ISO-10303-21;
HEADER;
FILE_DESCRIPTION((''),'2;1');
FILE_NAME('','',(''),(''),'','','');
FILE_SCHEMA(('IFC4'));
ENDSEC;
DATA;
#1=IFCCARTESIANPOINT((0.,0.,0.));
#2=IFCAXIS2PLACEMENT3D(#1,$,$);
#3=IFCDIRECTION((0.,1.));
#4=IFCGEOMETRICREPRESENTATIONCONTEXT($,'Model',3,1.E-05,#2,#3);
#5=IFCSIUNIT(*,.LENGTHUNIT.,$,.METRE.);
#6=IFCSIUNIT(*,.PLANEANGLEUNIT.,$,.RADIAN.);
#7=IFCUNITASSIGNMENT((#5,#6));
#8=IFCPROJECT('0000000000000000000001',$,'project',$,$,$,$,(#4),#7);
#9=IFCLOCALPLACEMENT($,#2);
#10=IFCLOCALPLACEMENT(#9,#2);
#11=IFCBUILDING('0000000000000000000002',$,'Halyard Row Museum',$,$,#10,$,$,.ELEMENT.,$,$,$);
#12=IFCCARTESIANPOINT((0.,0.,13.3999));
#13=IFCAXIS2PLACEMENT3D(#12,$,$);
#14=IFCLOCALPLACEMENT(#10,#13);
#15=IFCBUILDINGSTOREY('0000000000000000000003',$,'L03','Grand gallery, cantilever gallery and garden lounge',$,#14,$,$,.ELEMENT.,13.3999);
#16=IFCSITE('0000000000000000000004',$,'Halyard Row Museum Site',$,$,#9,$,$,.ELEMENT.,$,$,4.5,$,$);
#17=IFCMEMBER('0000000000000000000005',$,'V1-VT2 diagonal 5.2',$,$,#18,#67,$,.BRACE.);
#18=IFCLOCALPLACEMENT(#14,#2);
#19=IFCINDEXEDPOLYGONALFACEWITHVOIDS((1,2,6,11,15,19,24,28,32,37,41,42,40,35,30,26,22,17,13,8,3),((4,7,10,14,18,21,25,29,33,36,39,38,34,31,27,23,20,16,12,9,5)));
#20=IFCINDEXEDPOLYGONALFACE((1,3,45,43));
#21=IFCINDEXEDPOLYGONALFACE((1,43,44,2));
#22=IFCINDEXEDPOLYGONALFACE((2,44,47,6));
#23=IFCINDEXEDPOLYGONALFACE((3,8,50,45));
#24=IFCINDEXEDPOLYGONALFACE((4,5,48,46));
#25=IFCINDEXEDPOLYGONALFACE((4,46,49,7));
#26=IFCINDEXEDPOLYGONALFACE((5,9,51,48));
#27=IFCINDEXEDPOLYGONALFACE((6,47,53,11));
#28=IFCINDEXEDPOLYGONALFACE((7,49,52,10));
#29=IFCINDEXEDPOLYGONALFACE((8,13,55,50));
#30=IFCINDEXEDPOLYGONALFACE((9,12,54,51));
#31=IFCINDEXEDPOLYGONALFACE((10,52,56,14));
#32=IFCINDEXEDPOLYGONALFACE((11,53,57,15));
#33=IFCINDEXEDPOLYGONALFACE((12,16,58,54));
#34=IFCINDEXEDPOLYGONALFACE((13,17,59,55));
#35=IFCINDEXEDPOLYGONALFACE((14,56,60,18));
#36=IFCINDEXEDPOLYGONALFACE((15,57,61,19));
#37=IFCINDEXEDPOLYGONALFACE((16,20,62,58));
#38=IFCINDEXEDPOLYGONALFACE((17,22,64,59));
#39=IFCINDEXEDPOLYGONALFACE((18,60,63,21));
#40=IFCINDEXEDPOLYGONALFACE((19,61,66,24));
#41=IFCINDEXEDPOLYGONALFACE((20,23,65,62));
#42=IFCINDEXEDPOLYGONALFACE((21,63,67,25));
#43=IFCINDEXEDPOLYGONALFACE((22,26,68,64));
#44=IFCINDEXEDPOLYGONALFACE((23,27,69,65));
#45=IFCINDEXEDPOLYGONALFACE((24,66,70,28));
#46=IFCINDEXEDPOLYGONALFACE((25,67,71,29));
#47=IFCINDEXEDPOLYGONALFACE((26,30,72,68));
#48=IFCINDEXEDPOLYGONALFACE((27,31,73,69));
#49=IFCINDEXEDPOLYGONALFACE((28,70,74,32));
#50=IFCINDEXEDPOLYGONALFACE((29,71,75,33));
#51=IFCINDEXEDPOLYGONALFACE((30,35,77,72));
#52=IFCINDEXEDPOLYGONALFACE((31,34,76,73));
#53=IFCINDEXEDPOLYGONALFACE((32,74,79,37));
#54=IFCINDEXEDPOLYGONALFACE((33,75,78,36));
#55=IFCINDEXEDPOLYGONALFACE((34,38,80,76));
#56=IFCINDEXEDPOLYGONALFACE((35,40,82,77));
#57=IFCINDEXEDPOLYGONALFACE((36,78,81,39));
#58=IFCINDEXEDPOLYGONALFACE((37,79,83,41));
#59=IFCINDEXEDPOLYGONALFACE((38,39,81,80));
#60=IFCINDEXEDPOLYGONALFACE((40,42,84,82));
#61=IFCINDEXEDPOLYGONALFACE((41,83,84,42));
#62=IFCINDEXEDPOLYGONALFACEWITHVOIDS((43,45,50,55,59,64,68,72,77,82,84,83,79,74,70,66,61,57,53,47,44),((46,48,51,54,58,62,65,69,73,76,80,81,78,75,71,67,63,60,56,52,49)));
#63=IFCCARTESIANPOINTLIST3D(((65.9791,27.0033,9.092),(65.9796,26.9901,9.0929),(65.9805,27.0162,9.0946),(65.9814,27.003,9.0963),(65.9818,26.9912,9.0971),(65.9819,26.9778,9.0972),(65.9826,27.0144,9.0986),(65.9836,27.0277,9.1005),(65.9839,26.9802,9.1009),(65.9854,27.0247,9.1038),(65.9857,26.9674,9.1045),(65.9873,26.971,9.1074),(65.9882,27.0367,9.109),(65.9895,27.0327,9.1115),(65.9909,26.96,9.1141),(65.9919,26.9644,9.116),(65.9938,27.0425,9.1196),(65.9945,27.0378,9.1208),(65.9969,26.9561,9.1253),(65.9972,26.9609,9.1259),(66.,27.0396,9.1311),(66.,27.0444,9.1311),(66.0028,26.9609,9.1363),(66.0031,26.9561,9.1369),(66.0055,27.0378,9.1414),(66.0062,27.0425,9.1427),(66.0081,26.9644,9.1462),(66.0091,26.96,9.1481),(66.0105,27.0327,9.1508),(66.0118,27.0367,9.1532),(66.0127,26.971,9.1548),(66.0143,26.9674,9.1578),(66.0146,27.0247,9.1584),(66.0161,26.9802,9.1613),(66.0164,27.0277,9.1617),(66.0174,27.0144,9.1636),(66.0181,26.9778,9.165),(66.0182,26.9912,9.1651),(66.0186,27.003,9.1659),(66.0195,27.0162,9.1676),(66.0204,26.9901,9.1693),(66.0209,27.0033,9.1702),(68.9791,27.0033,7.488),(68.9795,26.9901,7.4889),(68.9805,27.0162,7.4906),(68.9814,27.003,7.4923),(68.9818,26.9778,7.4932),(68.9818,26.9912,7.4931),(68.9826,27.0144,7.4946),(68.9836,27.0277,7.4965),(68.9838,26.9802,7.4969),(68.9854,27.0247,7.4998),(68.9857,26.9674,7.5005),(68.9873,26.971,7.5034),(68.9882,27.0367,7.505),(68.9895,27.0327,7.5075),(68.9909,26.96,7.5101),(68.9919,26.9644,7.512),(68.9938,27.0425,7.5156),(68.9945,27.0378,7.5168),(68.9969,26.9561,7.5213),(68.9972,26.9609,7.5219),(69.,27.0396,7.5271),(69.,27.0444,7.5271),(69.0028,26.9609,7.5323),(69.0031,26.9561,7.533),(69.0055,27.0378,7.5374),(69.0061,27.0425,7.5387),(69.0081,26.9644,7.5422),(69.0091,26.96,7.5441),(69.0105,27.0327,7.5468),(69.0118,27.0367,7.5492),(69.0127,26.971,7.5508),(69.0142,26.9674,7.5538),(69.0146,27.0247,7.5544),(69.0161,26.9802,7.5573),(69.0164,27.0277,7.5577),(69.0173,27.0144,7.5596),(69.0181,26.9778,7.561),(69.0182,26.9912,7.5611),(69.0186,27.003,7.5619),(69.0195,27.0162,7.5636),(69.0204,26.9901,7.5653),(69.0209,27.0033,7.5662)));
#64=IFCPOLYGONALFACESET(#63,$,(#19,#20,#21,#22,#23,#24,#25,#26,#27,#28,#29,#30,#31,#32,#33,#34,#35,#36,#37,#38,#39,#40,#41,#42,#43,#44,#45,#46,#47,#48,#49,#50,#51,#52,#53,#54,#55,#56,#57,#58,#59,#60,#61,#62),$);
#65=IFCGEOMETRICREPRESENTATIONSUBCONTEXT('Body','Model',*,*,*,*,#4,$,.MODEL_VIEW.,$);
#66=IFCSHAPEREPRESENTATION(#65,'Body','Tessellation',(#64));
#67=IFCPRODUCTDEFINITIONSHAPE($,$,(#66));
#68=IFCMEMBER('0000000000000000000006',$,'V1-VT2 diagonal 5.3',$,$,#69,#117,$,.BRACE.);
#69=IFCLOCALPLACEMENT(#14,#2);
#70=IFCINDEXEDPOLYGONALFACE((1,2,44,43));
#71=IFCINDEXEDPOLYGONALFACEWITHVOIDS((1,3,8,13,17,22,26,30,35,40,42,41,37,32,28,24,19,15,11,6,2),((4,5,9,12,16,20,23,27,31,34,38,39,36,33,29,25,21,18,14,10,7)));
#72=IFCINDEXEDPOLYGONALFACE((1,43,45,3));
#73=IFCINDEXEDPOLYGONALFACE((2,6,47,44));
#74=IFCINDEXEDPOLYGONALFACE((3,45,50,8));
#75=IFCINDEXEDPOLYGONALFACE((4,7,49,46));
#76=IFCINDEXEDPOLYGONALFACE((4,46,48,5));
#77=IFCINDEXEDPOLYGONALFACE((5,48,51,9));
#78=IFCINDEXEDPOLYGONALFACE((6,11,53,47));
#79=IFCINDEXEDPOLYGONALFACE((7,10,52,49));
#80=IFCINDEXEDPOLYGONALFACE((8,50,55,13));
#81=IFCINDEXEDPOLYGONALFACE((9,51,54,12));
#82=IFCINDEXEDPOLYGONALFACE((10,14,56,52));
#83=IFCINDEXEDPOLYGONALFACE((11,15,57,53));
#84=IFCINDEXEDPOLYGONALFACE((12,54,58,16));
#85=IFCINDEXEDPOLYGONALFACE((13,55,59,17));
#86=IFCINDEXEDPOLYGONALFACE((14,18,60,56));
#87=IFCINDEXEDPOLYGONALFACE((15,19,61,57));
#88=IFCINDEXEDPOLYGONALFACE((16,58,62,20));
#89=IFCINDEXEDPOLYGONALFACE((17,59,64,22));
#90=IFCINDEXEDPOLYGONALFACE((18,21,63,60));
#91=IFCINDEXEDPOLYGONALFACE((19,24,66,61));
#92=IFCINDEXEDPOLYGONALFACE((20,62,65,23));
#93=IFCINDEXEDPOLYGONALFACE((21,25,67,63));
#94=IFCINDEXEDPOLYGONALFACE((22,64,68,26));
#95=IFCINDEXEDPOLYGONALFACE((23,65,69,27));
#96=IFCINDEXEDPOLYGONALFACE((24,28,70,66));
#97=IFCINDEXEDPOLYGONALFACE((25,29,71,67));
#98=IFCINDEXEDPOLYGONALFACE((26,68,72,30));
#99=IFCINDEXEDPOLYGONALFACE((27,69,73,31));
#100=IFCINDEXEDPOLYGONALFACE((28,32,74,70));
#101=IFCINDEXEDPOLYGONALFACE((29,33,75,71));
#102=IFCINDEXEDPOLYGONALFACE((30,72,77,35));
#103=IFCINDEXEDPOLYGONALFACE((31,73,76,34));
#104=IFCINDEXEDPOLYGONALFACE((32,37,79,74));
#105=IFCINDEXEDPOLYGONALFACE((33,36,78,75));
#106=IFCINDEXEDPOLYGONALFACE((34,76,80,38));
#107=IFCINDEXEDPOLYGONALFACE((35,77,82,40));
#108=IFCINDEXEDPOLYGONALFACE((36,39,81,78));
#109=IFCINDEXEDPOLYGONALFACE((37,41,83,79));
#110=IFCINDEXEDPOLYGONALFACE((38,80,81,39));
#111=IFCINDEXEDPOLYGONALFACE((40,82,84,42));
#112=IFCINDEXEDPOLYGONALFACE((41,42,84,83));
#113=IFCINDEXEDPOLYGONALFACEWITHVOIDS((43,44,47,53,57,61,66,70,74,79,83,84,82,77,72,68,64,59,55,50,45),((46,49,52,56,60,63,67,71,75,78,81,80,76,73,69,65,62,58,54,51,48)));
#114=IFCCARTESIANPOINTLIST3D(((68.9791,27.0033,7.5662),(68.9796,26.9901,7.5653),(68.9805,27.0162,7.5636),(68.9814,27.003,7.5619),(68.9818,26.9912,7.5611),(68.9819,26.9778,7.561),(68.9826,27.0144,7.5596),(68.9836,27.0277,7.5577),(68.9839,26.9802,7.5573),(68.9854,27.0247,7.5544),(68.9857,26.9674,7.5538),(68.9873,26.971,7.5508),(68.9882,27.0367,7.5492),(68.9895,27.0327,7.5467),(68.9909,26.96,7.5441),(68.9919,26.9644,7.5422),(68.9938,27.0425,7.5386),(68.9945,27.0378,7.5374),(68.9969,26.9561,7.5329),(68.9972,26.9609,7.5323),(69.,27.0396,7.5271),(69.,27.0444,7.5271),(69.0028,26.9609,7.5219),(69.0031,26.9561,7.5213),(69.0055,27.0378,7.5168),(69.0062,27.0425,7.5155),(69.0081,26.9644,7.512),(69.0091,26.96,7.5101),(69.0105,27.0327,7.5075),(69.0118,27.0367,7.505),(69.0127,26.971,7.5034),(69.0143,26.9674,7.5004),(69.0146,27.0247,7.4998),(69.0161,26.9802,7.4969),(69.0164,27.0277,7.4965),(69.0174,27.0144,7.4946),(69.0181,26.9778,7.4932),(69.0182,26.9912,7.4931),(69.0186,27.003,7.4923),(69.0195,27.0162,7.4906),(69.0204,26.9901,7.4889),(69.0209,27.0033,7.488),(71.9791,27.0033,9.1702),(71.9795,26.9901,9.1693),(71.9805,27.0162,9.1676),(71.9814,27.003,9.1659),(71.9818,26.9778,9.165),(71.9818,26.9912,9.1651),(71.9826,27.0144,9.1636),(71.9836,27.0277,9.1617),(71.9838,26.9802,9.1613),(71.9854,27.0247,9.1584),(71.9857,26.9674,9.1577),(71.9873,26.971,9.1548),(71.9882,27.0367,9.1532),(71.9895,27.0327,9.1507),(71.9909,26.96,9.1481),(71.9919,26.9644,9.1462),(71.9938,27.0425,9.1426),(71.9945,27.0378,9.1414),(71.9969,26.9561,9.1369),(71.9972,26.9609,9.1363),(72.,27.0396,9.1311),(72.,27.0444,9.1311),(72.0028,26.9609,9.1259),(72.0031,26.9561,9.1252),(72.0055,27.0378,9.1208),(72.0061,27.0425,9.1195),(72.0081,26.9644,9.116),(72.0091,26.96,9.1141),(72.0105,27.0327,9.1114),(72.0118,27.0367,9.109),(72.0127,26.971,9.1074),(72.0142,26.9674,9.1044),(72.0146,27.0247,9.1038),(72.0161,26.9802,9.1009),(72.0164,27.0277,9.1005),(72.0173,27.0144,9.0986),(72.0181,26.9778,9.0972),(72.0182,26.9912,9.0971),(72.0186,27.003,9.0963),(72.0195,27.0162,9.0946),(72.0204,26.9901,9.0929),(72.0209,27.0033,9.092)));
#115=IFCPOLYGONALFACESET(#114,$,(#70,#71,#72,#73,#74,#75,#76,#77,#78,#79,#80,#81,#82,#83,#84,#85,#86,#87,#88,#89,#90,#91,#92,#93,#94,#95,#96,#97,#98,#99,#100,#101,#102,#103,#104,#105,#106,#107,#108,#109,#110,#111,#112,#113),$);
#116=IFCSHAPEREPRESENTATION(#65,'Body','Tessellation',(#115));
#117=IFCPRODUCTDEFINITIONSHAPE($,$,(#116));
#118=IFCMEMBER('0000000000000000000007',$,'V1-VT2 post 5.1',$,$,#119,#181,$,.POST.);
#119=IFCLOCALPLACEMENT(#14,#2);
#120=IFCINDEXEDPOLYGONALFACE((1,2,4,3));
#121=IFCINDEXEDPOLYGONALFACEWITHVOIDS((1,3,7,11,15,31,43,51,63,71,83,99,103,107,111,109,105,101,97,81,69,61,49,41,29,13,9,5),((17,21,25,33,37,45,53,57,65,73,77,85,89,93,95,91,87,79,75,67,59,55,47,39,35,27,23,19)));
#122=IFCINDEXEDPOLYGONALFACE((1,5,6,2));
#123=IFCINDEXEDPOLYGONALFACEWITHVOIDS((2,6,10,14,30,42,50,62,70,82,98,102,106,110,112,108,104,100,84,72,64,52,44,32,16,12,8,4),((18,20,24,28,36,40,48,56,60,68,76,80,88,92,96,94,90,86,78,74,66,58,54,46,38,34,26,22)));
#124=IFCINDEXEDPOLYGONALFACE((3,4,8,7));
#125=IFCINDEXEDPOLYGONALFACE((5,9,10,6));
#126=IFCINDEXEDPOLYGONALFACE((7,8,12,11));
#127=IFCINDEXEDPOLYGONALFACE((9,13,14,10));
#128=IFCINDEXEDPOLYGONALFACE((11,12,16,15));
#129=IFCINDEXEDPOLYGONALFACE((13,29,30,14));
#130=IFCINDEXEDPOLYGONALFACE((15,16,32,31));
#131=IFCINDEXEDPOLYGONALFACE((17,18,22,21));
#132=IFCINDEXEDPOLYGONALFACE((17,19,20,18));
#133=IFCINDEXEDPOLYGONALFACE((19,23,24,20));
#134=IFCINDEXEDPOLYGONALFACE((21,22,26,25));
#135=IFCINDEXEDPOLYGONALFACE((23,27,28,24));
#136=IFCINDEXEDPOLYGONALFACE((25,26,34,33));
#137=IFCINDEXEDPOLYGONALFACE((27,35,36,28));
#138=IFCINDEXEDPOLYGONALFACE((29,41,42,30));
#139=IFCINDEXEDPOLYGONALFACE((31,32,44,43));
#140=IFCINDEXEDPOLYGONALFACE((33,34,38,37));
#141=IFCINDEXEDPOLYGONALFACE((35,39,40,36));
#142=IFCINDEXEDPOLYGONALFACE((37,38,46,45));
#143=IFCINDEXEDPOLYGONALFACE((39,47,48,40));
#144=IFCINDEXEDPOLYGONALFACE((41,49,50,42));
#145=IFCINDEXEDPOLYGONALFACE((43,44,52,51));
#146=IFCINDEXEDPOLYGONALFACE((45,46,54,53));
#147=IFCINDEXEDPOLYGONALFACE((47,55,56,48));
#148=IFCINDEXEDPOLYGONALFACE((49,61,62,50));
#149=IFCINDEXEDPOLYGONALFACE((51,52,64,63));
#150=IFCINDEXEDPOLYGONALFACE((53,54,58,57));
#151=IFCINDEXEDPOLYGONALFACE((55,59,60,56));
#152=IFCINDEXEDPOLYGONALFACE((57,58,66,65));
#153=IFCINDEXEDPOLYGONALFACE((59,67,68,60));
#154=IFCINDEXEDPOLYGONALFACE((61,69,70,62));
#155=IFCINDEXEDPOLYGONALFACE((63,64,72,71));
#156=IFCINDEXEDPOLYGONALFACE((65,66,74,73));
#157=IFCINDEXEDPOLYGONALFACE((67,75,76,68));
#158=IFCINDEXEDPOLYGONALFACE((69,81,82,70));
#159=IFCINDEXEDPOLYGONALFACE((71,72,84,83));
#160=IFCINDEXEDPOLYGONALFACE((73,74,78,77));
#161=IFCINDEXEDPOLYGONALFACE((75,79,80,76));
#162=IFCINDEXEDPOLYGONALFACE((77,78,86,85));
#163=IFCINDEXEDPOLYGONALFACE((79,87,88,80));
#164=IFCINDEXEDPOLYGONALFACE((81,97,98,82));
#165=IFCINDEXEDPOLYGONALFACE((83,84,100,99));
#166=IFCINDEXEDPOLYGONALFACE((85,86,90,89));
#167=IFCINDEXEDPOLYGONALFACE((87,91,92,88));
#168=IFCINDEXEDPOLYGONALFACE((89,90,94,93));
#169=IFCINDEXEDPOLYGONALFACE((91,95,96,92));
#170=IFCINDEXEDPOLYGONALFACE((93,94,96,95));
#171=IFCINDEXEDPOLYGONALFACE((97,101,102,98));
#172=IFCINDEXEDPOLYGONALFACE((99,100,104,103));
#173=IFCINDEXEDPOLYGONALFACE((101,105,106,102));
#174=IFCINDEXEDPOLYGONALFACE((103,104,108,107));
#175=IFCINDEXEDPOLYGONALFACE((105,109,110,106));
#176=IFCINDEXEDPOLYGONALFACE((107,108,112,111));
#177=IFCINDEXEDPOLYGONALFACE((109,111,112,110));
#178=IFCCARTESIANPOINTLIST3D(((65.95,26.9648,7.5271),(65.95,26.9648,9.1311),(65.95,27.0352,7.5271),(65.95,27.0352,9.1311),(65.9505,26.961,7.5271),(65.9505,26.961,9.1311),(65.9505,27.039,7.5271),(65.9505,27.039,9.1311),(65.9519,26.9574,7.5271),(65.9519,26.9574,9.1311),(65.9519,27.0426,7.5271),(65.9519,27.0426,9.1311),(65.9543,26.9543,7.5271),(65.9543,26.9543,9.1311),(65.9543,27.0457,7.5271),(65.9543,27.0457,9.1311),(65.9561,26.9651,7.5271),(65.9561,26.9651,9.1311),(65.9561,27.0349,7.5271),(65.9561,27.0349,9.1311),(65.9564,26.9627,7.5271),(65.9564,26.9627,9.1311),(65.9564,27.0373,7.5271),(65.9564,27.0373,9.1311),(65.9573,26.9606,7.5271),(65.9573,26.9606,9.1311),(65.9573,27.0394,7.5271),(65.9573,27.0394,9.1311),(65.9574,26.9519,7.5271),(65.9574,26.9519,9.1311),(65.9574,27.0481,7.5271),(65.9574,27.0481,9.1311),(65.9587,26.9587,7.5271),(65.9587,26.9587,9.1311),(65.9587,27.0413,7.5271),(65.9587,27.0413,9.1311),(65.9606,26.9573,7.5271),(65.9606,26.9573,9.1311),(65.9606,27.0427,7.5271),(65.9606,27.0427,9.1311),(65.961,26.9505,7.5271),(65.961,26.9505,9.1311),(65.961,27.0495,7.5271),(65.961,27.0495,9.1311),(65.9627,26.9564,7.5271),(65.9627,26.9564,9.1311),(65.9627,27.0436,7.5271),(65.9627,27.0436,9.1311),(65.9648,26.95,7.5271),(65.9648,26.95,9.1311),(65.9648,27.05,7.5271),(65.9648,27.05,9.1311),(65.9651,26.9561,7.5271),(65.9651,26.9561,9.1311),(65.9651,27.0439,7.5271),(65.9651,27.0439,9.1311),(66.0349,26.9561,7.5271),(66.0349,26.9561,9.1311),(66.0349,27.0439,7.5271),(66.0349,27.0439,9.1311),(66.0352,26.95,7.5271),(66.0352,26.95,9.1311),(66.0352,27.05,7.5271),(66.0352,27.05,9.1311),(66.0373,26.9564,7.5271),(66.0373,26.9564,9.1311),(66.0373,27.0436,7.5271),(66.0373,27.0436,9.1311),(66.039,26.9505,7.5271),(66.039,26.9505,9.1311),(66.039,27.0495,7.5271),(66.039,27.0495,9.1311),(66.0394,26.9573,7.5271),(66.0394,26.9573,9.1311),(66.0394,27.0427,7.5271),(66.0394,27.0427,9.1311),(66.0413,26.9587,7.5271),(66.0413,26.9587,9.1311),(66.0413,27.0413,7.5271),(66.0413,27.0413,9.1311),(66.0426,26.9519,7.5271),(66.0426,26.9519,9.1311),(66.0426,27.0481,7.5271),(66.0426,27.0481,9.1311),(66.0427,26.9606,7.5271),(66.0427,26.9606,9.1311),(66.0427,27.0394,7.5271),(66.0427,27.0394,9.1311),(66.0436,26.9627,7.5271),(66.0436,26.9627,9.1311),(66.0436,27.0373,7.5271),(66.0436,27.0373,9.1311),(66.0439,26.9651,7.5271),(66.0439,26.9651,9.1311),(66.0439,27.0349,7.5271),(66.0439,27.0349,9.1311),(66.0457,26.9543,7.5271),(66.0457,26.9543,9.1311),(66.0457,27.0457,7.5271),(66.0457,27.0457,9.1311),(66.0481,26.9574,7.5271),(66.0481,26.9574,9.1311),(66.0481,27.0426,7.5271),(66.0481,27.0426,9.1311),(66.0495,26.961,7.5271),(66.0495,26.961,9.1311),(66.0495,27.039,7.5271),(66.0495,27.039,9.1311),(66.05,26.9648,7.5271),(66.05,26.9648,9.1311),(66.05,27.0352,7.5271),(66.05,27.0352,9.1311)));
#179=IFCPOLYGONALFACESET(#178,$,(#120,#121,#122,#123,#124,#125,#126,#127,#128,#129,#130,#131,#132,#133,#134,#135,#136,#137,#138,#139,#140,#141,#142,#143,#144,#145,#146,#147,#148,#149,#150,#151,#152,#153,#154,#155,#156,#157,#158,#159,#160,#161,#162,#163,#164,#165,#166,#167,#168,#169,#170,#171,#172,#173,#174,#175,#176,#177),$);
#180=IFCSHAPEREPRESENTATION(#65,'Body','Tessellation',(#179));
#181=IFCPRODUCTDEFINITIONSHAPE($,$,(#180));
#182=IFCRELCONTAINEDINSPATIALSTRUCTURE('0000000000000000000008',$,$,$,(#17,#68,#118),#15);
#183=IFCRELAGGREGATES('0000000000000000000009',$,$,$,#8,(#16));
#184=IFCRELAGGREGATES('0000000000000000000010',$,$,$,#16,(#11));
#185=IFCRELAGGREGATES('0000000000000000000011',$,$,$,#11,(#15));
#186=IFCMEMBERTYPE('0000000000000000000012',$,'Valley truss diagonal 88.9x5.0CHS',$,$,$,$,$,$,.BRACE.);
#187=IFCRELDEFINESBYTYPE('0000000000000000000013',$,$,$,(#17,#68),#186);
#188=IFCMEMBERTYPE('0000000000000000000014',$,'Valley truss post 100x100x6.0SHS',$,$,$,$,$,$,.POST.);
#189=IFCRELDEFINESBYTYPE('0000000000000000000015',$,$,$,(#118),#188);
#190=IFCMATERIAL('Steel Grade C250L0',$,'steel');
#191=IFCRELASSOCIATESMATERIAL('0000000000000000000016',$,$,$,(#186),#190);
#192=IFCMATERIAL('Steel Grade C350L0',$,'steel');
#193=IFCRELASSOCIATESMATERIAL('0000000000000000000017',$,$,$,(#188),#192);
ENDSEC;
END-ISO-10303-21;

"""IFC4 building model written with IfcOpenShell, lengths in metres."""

from ifc_helpers import new_model, si_unit, direction, frame, origin, origin_2d, place, context, subcontext, project, spatial, hollow_rectangle, hollow_circle, extrude, material, material_profile, profile_set, type_object, element, save


model = new_model("IFC4")

# Units and contexts
model_context = context("Model", 3, precision=1e-05, world=origin(), true_north=direction((0.0, 1.0)))
body_context = subcontext(model_context, "Body", "Model", "MODEL_VIEW")
ifc_project = project(units=[si_unit("LENGTHUNIT", "METRE"), si_unit("PLANEANGLEUNIT", "RADIAN")], contexts=[model_context])

# Site, building, storey
site_placement = place(None, origin())
site = spatial("IfcSite", under=ifc_project, at=site_placement, Name="Halyard Row Museum Site", CompositionType="ELEMENT", RefElevation=4.5)
building_placement = place(site_placement, origin())
building = spatial("IfcBuilding", under=site, at=building_placement, Name="Halyard Row Museum", CompositionType="ELEMENT")
storey_placement = place(building_placement, frame((0.0, 0.0, 13.3999)))
storey = spatial("IfcBuildingStorey", under=building, at=storey_placement, Name="L03", Description="Grand gallery, cantilever gallery and garden lounge", CompositionType="ELEMENT", Elevation=13.3999)

# Members
ifc_material_1 = material(Name="Steel Grade C250L0", Category="steel")
ifc_material_profile_1 = material_profile(ifc_material_1, hollow_circle(Radius=0.0444, WallThickness=0.0049, at=origin_2d()), Name="88.9x5.0CHS")
ifc_profile_set_1 = profile_set([ifc_material_profile_1], Name="Steel Grade C250L0")
member_type_1 = type_object("IfcMemberType", Name="Valley truss diagonal 88.9x5.0CHS", PredefinedType="BRACE", material=ifc_profile_set_1)
for number, where, z_axis, x_axis, name in (
    (1, (66.0, 27.0, 9.1311), (0.881864, 0.0, -0.471504), (0.0, 1.0, 0.0), "V1-VT2 diagonal 5.2"),
    (2, (69.0, 27.0, 7.5271), (0.881864, 0.0, 0.471504), (0.0, 1.0, 0.0), "V1-VT2 diagonal 5.3"),
):
    element("IfcMember", number, at=place(storey_placement, frame(where, z_axis=z_axis, x_axis=x_axis)), inside=storey, type_object=member_type_1, Name=name, PredefinedType="BRACE", context=body_context, shape_type="SweptSolid", body=[
        extrude(hollow_circle(Radius=0.0444, WallThickness=0.0049, at=origin_2d()), origin(), (0.0, 0.0, 1.0), 3.4019),
    ])
ifc_material_2 = material(Name="Steel Grade C350L0", Category="steel")
ifc_material_profile_2 = material_profile(ifc_material_2, hollow_rectangle(XDim=0.1001, YDim=0.1001, WallThickness=0.0061, InnerFilletRadius=0.009, OuterFilletRadius=0.0149, at=origin_2d()), Name="100x100x6.0SHS")
ifc_profile_set_2 = profile_set([ifc_material_profile_2], Name="Steel Grade C350L0")
member_type_2 = type_object("IfcMemberType", Name="Valley truss post 100x100x6.0SHS", PredefinedType="POST", material=ifc_profile_set_2)
for number, where, z_axis, x_axis, name in (
    (3, (66.0, 27.0, 7.5271), (0.0, 0.0, 1.0), (1.0, 0.0, 0.0), "V1-VT2 post 5.1"),
):
    element("IfcMember", number, at=place(storey_placement, frame(where, z_axis=z_axis, x_axis=x_axis)), inside=storey, type_object=member_type_2, Name=name, PredefinedType="POST", context=body_context, shape_type="SweptSolid", body=[
        extrude(hollow_rectangle(XDim=0.1001, YDim=0.1001, WallThickness=0.0061, InnerFilletRadius=0.009, OuterFilletRadius=0.0149, at=origin_2d()), origin(), (0.0, 0.0, 1.0), 1.604),
    ])

save(model, "model.ifc")
